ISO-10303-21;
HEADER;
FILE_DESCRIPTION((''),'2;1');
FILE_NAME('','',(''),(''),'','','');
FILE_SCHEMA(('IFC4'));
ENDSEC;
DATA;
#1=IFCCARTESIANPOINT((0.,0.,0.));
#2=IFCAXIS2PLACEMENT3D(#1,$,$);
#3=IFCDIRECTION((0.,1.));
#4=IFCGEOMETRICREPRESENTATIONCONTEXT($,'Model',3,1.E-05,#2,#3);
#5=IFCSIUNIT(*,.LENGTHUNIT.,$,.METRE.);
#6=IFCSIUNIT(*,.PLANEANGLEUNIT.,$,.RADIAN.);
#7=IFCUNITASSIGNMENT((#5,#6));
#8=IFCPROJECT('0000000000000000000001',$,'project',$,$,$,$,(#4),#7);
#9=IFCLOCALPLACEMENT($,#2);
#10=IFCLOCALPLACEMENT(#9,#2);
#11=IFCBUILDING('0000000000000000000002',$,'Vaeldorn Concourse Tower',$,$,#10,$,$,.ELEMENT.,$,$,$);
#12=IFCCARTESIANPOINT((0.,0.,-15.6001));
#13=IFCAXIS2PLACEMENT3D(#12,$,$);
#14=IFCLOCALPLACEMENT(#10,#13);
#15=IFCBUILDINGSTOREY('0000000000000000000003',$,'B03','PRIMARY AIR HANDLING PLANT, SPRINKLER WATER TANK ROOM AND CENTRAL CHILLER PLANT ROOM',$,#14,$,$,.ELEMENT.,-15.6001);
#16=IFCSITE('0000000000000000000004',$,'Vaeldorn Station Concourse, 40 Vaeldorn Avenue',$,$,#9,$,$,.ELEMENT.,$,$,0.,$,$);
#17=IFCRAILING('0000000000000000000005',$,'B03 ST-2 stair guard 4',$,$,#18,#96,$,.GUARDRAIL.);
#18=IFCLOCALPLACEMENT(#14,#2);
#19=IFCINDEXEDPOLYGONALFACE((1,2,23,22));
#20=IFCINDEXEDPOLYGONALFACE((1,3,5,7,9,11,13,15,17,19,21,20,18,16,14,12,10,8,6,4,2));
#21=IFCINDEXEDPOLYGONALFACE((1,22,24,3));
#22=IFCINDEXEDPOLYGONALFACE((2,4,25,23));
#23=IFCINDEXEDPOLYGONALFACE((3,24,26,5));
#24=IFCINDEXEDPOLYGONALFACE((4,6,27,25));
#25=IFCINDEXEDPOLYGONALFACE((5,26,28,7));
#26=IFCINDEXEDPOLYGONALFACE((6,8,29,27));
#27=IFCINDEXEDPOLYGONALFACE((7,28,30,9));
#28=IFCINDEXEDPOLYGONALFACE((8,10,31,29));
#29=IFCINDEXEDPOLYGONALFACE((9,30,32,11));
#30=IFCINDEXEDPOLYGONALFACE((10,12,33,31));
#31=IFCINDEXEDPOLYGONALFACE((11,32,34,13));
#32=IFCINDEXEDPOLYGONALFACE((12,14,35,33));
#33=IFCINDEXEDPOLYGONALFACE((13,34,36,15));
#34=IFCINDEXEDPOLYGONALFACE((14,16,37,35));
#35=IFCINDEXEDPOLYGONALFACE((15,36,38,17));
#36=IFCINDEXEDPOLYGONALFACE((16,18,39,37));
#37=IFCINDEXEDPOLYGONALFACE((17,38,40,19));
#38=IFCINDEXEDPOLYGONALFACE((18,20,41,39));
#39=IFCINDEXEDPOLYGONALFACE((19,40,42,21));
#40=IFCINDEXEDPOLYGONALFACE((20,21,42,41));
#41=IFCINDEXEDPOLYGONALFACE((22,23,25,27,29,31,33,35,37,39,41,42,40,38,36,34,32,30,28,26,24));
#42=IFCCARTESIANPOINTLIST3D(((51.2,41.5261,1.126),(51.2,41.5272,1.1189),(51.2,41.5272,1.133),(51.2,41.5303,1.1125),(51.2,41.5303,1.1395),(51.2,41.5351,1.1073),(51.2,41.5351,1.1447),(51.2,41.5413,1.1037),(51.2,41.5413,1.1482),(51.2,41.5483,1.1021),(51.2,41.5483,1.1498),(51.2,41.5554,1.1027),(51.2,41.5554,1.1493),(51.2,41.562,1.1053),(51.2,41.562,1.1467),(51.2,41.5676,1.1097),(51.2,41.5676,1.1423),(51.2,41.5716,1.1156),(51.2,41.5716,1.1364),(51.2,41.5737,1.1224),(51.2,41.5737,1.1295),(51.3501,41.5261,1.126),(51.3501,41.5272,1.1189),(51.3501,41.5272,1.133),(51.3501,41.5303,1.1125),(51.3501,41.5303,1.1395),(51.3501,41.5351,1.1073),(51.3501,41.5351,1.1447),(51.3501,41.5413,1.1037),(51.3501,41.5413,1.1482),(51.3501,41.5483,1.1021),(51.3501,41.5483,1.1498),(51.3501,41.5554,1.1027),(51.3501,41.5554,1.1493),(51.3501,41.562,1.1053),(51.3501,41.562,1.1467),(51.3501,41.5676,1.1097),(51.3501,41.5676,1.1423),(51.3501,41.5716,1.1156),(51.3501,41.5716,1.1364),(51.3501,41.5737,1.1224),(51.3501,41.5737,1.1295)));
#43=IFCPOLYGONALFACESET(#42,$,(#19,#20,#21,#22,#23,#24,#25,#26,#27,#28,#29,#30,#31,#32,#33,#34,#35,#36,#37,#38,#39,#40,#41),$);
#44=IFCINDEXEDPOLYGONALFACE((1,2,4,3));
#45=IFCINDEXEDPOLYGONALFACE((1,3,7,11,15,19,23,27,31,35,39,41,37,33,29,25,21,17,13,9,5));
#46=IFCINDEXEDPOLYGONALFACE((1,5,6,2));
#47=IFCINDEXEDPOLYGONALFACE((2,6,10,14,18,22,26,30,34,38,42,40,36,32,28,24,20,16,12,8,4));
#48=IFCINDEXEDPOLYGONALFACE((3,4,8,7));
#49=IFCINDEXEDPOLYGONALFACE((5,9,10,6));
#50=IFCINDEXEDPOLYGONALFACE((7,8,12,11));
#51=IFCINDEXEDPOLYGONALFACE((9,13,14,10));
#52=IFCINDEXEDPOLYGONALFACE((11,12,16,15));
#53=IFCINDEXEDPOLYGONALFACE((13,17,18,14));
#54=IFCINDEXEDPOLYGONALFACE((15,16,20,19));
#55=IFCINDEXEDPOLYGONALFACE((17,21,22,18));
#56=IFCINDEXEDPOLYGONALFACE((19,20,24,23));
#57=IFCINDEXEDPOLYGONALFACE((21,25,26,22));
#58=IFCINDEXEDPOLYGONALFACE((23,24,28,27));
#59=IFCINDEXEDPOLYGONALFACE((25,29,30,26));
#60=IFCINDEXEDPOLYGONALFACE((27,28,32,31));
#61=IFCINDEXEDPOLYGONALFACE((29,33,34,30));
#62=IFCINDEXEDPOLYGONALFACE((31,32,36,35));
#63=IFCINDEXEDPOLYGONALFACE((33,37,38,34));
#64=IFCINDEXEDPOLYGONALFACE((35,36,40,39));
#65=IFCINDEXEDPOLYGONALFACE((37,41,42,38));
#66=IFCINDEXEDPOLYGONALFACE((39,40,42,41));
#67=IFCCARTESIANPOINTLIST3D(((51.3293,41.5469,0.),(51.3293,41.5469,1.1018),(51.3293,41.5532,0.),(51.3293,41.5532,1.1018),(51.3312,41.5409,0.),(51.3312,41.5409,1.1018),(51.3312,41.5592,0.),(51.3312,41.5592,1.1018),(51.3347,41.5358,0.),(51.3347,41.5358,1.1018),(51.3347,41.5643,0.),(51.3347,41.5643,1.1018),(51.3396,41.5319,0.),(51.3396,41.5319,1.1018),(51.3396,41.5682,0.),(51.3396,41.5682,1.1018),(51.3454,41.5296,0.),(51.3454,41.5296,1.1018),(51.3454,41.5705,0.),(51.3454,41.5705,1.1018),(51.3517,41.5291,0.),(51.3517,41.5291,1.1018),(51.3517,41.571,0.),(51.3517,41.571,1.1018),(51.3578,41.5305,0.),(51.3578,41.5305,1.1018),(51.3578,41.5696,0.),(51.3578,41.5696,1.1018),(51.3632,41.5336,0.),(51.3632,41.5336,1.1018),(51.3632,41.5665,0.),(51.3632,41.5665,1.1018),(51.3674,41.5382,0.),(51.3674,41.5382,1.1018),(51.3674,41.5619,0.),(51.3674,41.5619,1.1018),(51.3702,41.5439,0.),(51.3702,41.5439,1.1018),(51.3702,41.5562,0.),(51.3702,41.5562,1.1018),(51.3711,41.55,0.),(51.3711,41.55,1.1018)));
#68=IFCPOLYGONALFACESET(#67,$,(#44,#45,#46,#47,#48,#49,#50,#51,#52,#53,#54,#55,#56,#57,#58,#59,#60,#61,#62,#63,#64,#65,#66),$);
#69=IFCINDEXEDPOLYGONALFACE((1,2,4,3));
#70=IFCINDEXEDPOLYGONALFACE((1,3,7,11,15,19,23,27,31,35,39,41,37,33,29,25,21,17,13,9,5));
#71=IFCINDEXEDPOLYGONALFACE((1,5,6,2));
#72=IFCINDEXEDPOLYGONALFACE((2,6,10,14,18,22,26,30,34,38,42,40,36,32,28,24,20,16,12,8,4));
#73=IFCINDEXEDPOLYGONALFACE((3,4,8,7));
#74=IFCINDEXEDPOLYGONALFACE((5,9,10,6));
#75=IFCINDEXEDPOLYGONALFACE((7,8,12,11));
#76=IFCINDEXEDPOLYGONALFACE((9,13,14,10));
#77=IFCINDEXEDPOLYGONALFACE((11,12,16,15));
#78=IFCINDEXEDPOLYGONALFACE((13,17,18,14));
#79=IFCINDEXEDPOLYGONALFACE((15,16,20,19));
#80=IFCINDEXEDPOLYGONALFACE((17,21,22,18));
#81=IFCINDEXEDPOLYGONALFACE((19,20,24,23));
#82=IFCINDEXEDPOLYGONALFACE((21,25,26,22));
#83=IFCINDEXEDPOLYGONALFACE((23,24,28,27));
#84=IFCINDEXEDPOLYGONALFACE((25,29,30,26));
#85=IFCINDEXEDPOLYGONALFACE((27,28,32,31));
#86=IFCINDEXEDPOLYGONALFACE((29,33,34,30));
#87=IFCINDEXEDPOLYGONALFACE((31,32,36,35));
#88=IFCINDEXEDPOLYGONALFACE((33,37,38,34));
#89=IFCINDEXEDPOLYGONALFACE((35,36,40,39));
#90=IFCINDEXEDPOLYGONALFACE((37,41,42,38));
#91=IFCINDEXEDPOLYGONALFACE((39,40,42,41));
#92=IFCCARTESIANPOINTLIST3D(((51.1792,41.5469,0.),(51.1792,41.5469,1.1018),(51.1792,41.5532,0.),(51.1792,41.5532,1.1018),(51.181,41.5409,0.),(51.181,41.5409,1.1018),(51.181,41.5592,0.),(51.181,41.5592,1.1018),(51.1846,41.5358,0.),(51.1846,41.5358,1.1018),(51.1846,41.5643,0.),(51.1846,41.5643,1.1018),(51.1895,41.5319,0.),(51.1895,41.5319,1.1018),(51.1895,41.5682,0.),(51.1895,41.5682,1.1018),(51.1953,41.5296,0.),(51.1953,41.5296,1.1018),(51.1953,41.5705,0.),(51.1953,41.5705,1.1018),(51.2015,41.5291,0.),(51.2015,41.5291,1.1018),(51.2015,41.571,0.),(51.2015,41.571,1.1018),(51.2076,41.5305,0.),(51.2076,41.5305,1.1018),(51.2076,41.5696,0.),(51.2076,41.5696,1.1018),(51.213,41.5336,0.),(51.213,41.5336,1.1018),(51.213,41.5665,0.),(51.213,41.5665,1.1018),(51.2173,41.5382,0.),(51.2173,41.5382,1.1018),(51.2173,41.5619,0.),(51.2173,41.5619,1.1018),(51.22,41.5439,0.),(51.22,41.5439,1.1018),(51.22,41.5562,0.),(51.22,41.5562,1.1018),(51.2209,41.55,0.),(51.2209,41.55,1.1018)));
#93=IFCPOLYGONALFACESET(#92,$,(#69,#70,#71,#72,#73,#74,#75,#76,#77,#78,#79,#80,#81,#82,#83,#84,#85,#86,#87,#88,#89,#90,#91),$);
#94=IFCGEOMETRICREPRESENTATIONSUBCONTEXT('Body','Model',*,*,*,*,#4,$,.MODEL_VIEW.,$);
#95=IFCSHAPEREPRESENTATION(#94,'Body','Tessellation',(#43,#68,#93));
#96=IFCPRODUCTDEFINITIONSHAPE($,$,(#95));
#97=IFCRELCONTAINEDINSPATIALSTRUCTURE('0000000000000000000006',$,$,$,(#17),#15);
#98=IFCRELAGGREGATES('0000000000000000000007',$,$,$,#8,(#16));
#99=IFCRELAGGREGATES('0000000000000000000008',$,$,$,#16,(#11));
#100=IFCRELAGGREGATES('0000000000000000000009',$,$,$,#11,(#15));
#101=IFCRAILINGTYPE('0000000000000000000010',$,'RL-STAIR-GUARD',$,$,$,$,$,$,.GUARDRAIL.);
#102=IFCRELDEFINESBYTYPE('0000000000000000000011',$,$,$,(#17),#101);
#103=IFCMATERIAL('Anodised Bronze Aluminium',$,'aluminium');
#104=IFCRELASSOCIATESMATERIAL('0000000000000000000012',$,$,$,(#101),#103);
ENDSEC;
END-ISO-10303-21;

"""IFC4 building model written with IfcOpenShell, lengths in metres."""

from ifc_helpers import new_model, si_unit, direction, frame, origin, origin_2d, place, context, subcontext, project, spatial, circle, extrude, material, type_object, element, save


model = new_model("IFC4")

# Units and contexts
model_context = context("Model", 3, precision=1e-05, world=origin(), true_north=direction((0.0, 1.0)))
body_context = subcontext(model_context, "Body", "Model", "MODEL_VIEW")
ifc_project = project(units=[si_unit("LENGTHUNIT", "METRE"), si_unit("PLANEANGLEUNIT", "RADIAN")], contexts=[model_context])

# Site, building, storey
site_placement = place(None, origin())
site = spatial("IfcSite", under=ifc_project, at=site_placement, Name="Vaeldorn Station Concourse, 40 Vaeldorn Avenue", CompositionType="ELEMENT", RefElevation=0.0)
building_placement = place(site_placement, origin())
building = spatial("IfcBuilding", under=site, at=building_placement, Name="Vaeldorn Concourse Tower", CompositionType="ELEMENT")
storey_placement = place(building_placement, frame((0.0, 0.0, -15.6001)))
storey = spatial("IfcBuildingStorey", under=building, at=storey_placement, Name="B03", Description="PRIMARY AIR HANDLING PLANT, SPRINKLER WATER TANK ROOM AND CENTRAL CHILLER PLANT ROOM", CompositionType="ELEMENT", Elevation=-15.6001)

# Shared definitions
ifc_material_1 = material(Name="Anodised Bronze Aluminium", Category="aluminium")

# Railing
railing_type_1 = type_object("IfcRailingType", Name="RL-STAIR-GUARD", PredefinedType="GUARDRAIL", material=ifc_material_1)
railing_1_placement = place(storey_placement, frame((51.3501, 41.55, 0.0)))
element("IfcRailing", 1, at=railing_1_placement, inside=storey, type_object=railing_type_1, Name="B03 ST-2 stair guard 4", PredefinedType="GUARDRAIL", context=body_context, shape_type="SweptSolid", body=[
    extrude(circle(Radius=0.0239, at=origin_2d()), frame((0.0, 0.0, 1.126), z_axis=(-1.0, 0.0, 0.0), x_axis=(0.0, -1.0, 0.0)), (0.0, 0.0, 1.0), 0.1501),
    extrude(circle(Radius=0.021, at=origin_2d()), origin(), (0.0, 0.0, 1.0), 1.1018),
    extrude(circle(Radius=0.021, at=origin_2d()), frame((-0.1501, 0.0, 0.0)), (0.0, 0.0, 1.0), 1.1018),
])

save(model, "model.ifc")
